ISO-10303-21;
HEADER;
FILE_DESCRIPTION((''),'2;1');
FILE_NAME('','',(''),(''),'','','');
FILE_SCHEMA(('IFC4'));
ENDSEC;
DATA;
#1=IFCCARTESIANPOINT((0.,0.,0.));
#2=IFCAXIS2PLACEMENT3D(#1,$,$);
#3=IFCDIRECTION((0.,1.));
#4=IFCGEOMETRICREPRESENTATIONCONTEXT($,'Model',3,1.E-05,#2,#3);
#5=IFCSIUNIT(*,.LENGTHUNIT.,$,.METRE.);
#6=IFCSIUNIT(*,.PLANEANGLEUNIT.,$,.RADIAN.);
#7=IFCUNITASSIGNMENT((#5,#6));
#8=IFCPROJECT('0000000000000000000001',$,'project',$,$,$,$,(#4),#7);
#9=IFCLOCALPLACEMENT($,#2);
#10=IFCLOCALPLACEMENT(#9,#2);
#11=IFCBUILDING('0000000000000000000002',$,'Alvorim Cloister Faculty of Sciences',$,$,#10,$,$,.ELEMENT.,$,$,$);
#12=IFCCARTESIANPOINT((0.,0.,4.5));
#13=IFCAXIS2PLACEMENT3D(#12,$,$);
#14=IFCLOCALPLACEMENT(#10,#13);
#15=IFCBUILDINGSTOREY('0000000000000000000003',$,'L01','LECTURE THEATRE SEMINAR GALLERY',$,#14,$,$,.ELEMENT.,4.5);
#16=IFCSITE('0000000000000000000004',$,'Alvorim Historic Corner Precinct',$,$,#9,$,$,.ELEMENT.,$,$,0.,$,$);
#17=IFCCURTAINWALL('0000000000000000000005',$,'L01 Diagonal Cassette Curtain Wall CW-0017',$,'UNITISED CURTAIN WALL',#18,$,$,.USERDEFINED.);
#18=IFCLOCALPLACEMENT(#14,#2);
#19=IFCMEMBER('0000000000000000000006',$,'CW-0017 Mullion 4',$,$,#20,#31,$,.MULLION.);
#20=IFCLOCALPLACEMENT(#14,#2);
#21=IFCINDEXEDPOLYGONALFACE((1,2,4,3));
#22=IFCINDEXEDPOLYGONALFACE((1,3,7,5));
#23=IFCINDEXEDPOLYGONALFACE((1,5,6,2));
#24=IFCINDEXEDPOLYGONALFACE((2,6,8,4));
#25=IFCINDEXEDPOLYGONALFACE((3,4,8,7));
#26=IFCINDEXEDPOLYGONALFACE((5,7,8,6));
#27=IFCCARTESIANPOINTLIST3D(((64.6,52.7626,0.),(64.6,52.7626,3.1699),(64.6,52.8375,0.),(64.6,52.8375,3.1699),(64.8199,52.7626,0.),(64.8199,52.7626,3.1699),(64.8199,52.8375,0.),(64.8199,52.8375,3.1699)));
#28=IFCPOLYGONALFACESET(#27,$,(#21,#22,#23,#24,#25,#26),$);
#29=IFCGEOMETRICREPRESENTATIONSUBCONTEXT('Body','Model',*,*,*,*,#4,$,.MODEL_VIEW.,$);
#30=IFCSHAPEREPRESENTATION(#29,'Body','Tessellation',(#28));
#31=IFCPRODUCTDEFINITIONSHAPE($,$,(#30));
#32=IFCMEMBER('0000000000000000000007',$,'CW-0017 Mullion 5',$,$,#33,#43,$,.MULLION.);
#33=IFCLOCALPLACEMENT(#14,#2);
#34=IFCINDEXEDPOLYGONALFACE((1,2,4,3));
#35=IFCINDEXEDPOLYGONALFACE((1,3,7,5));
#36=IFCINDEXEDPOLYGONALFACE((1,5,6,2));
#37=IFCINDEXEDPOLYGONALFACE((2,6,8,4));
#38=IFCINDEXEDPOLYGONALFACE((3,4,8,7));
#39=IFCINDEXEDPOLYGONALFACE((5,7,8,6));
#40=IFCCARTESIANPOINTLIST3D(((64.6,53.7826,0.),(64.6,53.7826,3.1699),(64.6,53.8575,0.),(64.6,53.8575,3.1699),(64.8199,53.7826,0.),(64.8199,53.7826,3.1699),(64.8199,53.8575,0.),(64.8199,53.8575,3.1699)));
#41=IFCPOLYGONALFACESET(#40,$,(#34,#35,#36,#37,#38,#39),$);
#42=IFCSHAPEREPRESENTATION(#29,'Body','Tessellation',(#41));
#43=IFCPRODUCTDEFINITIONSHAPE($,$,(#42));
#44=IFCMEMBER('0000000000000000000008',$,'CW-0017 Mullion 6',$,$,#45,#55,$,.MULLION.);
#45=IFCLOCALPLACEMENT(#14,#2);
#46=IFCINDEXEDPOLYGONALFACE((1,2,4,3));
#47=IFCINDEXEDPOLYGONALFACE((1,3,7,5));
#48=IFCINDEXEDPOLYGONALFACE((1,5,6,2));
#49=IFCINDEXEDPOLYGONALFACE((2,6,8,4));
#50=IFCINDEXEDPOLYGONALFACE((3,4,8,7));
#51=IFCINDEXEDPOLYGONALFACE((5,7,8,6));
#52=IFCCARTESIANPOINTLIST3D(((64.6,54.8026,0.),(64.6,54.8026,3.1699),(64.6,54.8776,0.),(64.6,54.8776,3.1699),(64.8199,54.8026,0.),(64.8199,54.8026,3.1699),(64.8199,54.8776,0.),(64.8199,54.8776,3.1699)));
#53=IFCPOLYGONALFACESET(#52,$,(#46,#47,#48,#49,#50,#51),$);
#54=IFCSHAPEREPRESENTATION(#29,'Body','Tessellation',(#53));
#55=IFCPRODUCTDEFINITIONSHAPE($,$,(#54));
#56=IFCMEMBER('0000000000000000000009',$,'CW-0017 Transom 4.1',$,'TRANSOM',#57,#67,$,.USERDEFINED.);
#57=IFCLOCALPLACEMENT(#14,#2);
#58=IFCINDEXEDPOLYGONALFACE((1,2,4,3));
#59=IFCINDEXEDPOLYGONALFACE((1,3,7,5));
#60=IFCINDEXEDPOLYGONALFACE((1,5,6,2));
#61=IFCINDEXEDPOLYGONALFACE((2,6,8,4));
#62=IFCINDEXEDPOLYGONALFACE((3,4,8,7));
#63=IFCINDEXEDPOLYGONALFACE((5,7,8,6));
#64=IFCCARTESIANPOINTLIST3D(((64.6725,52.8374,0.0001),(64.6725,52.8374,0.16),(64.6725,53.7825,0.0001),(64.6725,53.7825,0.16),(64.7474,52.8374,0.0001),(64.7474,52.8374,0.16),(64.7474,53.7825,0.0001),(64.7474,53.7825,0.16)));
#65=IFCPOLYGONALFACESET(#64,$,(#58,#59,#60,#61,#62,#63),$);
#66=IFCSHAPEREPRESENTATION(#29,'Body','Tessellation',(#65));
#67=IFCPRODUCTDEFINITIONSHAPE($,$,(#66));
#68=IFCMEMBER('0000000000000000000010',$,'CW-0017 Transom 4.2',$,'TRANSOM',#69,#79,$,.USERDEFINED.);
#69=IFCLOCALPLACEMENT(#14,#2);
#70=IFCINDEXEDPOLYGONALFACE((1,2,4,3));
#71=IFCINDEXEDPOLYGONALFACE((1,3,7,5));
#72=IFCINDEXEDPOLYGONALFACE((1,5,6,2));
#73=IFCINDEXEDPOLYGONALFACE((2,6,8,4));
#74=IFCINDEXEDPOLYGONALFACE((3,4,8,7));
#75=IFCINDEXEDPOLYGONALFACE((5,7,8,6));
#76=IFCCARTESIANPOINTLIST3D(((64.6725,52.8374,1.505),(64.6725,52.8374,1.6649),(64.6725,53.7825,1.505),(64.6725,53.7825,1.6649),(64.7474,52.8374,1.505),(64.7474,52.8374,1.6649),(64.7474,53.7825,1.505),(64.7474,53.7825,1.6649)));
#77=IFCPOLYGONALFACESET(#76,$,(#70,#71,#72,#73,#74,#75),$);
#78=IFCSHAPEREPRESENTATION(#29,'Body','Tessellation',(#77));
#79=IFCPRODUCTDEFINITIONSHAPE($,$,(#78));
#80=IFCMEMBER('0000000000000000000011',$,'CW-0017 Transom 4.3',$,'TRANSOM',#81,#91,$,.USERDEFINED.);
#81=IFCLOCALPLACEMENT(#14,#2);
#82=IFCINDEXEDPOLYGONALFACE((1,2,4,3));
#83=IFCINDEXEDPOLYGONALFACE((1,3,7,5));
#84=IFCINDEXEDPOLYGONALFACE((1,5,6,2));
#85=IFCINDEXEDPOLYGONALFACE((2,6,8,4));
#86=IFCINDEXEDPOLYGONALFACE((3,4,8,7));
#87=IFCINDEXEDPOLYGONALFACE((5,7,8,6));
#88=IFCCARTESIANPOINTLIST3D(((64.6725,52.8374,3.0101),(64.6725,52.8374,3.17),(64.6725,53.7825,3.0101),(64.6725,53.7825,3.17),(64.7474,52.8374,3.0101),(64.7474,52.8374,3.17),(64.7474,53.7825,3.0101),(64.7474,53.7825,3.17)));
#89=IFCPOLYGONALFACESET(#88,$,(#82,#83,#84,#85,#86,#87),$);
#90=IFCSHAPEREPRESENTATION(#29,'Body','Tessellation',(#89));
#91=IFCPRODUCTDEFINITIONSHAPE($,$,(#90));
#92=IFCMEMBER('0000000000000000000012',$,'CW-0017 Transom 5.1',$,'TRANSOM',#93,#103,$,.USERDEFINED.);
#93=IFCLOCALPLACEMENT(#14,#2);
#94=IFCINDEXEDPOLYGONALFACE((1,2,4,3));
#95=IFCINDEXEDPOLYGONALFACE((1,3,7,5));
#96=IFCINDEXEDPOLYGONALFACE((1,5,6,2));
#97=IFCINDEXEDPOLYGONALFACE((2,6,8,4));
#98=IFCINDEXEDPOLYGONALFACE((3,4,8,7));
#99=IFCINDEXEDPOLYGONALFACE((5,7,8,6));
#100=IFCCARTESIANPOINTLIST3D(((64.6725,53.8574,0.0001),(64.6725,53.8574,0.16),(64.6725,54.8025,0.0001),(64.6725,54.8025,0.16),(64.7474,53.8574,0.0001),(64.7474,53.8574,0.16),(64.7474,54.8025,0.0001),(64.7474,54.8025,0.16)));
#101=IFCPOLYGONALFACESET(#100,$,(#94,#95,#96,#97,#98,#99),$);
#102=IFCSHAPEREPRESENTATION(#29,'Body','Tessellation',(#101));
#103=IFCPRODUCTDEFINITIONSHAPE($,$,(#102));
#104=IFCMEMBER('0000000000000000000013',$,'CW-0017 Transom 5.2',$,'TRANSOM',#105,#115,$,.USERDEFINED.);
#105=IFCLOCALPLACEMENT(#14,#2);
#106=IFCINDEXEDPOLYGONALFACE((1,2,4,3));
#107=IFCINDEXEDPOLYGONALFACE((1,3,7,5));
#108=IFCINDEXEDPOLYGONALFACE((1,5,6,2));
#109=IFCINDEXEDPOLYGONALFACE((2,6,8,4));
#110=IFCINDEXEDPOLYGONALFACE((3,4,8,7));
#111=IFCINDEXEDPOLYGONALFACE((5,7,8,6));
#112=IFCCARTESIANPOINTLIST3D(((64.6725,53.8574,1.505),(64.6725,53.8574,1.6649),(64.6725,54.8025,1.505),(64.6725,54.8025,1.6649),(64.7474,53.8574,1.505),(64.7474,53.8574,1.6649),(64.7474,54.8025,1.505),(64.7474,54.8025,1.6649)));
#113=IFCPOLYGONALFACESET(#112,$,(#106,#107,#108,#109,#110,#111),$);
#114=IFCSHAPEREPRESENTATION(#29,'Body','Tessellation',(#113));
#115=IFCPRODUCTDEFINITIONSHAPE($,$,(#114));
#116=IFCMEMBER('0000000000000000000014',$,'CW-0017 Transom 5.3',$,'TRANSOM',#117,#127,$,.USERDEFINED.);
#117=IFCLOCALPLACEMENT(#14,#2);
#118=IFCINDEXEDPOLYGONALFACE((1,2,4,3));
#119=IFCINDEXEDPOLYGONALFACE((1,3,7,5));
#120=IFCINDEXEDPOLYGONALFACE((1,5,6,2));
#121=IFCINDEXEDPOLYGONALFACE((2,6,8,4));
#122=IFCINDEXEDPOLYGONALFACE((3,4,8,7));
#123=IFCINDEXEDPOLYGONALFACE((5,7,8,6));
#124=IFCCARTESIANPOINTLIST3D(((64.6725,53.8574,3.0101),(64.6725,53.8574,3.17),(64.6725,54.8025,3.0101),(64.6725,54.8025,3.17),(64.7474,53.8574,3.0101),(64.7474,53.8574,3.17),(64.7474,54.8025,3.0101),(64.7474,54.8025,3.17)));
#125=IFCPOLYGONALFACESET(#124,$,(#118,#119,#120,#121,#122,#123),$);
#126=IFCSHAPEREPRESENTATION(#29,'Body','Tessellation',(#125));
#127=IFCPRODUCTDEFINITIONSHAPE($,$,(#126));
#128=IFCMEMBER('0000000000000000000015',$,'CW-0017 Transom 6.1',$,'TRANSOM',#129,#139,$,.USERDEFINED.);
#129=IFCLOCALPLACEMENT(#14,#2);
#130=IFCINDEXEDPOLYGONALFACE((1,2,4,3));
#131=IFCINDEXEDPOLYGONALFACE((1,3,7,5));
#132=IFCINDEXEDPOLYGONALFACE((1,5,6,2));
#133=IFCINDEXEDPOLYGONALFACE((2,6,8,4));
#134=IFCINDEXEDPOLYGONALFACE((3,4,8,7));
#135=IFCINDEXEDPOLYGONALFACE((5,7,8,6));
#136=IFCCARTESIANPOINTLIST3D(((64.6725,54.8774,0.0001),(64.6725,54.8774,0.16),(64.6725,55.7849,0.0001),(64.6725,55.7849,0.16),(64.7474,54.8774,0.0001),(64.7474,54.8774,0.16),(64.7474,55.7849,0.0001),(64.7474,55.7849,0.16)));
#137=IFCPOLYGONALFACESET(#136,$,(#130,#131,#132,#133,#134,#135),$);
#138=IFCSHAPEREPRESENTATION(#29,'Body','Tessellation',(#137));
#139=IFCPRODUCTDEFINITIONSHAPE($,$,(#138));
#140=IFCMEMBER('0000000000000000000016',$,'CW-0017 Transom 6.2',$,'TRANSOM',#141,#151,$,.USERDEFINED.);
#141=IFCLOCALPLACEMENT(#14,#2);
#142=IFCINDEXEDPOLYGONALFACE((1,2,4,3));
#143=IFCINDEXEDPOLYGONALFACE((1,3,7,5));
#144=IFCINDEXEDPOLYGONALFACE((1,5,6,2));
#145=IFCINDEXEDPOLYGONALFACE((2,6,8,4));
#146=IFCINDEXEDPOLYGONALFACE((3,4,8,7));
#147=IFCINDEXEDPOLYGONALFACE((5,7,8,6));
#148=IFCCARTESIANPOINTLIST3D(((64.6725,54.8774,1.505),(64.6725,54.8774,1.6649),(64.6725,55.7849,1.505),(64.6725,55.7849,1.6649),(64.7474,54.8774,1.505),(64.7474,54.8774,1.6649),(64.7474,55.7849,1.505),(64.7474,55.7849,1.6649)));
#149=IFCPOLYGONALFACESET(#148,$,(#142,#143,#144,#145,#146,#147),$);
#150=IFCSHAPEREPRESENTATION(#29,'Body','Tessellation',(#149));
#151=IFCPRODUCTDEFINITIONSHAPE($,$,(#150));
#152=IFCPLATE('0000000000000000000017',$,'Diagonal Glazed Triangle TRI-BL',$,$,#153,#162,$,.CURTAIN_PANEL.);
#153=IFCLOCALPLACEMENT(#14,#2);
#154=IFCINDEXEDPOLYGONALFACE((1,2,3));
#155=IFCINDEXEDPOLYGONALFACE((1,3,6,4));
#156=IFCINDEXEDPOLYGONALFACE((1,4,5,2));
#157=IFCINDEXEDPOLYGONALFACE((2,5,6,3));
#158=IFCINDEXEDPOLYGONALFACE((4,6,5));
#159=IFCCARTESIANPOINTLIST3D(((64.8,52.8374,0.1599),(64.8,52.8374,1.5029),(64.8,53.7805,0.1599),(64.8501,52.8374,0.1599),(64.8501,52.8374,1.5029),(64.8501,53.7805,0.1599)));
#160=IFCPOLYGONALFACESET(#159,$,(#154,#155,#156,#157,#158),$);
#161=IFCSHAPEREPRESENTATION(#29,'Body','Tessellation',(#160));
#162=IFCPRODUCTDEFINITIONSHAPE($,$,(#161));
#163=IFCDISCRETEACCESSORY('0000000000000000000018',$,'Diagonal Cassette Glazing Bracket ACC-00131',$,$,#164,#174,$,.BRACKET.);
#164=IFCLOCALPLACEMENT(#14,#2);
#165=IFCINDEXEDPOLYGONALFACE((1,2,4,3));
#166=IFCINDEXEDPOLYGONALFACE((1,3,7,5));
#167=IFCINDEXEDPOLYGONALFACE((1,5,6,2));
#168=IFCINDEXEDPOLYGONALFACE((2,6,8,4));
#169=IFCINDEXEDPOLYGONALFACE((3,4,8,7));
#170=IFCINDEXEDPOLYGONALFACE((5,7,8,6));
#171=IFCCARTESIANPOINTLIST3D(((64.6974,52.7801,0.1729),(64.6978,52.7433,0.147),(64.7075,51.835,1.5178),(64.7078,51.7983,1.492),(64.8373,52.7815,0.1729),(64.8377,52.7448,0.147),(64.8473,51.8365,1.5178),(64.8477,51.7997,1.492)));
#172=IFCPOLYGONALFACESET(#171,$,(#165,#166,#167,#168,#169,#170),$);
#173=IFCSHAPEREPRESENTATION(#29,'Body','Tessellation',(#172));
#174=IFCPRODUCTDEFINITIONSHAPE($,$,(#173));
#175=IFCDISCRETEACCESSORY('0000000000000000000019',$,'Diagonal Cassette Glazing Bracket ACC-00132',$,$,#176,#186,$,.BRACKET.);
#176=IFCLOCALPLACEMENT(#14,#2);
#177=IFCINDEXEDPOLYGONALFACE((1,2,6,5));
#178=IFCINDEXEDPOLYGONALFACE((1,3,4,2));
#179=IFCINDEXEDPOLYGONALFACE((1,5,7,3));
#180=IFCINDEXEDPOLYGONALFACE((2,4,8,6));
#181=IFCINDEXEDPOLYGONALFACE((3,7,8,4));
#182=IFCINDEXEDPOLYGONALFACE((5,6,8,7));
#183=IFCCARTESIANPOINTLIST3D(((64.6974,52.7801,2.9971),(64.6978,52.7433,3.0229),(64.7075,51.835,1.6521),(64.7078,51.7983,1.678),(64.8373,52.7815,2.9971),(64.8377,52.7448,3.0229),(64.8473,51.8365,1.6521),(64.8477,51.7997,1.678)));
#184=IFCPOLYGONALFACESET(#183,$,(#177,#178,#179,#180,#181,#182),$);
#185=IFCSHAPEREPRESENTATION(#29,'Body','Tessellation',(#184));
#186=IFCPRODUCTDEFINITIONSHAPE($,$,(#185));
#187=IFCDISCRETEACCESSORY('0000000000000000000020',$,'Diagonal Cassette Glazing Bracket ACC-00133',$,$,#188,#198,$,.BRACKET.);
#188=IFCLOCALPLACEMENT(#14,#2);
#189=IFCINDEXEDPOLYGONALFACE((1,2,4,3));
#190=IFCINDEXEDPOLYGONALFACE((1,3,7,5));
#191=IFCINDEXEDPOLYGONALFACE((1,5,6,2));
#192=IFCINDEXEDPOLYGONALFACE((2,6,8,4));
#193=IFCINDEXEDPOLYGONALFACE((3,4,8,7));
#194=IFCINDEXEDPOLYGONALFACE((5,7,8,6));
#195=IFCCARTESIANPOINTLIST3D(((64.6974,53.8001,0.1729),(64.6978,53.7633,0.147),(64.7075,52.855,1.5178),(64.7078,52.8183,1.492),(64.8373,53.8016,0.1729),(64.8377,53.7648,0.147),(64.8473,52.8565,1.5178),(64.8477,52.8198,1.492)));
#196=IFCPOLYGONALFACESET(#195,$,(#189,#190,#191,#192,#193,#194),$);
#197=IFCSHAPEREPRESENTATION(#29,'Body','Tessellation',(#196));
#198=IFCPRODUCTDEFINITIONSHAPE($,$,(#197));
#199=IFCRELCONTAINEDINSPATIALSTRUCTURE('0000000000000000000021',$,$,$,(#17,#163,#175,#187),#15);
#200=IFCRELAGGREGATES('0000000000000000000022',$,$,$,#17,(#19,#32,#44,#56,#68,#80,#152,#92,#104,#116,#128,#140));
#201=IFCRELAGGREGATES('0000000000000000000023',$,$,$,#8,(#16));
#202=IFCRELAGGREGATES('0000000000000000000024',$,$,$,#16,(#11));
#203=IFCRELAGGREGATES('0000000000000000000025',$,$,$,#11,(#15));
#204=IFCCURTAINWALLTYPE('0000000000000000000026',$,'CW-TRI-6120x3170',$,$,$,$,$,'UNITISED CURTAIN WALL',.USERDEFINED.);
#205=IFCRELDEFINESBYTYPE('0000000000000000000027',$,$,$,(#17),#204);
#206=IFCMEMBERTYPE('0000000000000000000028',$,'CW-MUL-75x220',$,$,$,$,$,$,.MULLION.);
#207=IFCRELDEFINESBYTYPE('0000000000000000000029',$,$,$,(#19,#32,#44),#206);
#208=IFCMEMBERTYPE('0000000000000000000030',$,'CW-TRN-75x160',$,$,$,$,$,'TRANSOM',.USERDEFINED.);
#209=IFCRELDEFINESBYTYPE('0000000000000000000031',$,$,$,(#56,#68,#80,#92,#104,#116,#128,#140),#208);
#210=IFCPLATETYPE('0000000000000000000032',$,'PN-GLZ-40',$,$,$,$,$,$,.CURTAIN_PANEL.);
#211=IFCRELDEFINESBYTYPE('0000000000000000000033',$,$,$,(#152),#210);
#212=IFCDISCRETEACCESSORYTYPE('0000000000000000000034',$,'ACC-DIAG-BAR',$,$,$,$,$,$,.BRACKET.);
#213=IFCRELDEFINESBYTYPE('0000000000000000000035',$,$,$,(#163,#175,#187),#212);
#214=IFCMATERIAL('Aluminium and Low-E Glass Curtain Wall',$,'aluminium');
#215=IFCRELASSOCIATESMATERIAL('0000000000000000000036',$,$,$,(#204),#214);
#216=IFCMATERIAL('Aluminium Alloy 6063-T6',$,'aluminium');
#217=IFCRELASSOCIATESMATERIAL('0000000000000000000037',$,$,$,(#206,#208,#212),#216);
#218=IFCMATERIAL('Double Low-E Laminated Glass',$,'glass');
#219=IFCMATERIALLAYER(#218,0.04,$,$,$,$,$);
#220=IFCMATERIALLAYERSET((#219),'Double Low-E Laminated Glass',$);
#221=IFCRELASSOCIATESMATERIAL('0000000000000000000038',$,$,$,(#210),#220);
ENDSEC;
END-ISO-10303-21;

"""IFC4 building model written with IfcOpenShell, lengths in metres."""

from ifc_helpers import new_model, si_unit, direction, frame, origin, origin_2d, place, context, subcontext, project, spatial, polyline, rectangle, outline, extrude, material, layer, layer_set, material_profile, profile_set, type_object, element, aggregate, save


model = new_model("IFC4")

# Units and contexts
model_context = context("Model", 3, precision=1e-05, world=origin(), true_north=direction((0.0, 1.0)))
body_context = subcontext(model_context, "Body", "Model", "MODEL_VIEW")
ifc_project = project(units=[si_unit("LENGTHUNIT", "METRE"), si_unit("PLANEANGLEUNIT", "RADIAN")], contexts=[model_context])

# Site, building, storey
site_placement = place(None, origin())
site = spatial("IfcSite", under=ifc_project, at=site_placement, Name="Alvorim Historic Corner Precinct", CompositionType="ELEMENT", RefElevation=0.0)
building_placement = place(site_placement, origin())
building = spatial("IfcBuilding", under=site, at=building_placement, Name="Alvorim Cloister Faculty of Sciences", CompositionType="ELEMENT")
storey_placement = place(building_placement, frame((0.0, 0.0, 4.5)))
storey = spatial("IfcBuildingStorey", under=building, at=storey_placement, Name="L01", Description="LECTURE THEATRE SEMINAR GALLERY", CompositionType="ELEMENT", Elevation=4.5)

# Curtain wall, members, plate
ifc_material_1 = material(Name="Aluminium and Low-E Glass Curtain Wall", Category="aluminium")
curtain_wall_type = type_object("IfcCurtainWallType", Name="CW-TRI-6120x3170", ElementType="UNITISED CURTAIN WALL", PredefinedType="USERDEFINED", material=ifc_material_1)
curtain_wall_placement = place(storey_placement, origin())
curtain_wall = element("IfcCurtainWall", 1, at=curtain_wall_placement, inside=storey, type_object=curtain_wall_type, Name="L01 Diagonal Cassette Curtain Wall CW-0017", ObjectType="UNITISED CURTAIN WALL", PredefinedType="USERDEFINED")
ifc_material_2 = material(Name="Aluminium Alloy 6063-T6", Category="aluminium")
ifc_material_profile_1 = material_profile(ifc_material_2, rectangle(XDim=0.075, YDim=0.22, at=origin_2d()), Name="ALU-MUL-75x220")
ifc_profile_set_1 = profile_set([ifc_material_profile_1], Name="Aluminium Alloy 6063-T6")
member_type_1 = type_object("IfcMemberType", Name="CW-MUL-75x220", PredefinedType="MULLION", material=ifc_profile_set_1)
member_1_placement = place(storey_placement, frame((64.71, 52.8, 0.0), z_axis=(0.0, 0.0, 1.0), x_axis=(0.0, 1.0, 0.0)))
member_1 = element("IfcMember", 2, at=member_1_placement, type_object=member_type_1, Name="CW-0017 Mullion 4", PredefinedType="MULLION", context=body_context, shape_type="SweptSolid", body=[
    extrude(rectangle(XDim=0.075, YDim=0.22, at=origin_2d()), origin(), (0.0, 0.0, 1.0), 3.1699),
])
member_2_placement = place(storey_placement, frame((64.71, 53.8201, 0.0), z_axis=(0.0, 0.0, 1.0), x_axis=(0.0, 1.0, 0.0)))
member_2 = element("IfcMember", 3, at=member_2_placement, type_object=member_type_1, Name="CW-0017 Mullion 5", PredefinedType="MULLION", context=body_context, shape_type="SweptSolid", body=[
    extrude(rectangle(XDim=0.075, YDim=0.22, at=origin_2d()), origin(), (0.0, 0.0, 1.0), 3.1699),
])
member_3_placement = place(storey_placement, frame((64.71, 54.8401, 0.0), z_axis=(0.0, 0.0, 1.0), x_axis=(0.0, 1.0, 0.0)))
member_3 = element("IfcMember", 4, at=member_3_placement, type_object=member_type_1, Name="CW-0017 Mullion 6", PredefinedType="MULLION", context=body_context, shape_type="SweptSolid", body=[
    extrude(rectangle(XDim=0.075, YDim=0.22, at=origin_2d()), origin(), (0.0, 0.0, 1.0), 3.1699),
])
ifc_material_profile_2 = material_profile(ifc_material_2, rectangle(XDim=0.075, YDim=0.1599, at=origin_2d()), Name="ALU-TRN-75x160")
ifc_profile_set_2 = profile_set([ifc_material_profile_2], Name="Aluminium Alloy 6063-T6")
member_type_2 = type_object("IfcMemberType", Name="CW-TRN-75x160", ElementType="TRANSOM", PredefinedType="USERDEFINED", material=ifc_profile_set_2)
member_4_placement = place(storey_placement, frame((64.71, 52.8374, 0.0801), z_axis=(0.0, 1.0, 0.0), x_axis=(-1.0, 0.0, 0.0)))
member_4 = element("IfcMember", 5, at=member_4_placement, type_object=member_type_2, Name="CW-0017 Transom 4.1", ObjectType="TRANSOM", PredefinedType="USERDEFINED", context=body_context, shape_type="SweptSolid", body=[
    extrude(rectangle(XDim=0.075, YDim=0.1599, at=origin_2d()), origin(), (0.0, 0.0, 1.0), 0.9451),
])
member_5_placement = place(storey_placement, frame((64.71, 52.8374, 1.585), z_axis=(0.0, 1.0, 0.0), x_axis=(-1.0, 0.0, 0.0)))
member_5 = element("IfcMember", 6, at=member_5_placement, type_object=member_type_2, Name="CW-0017 Transom 4.2", ObjectType="TRANSOM", PredefinedType="USERDEFINED", context=body_context, shape_type="SweptSolid", body=[
    extrude(rectangle(XDim=0.075, YDim=0.1599, at=origin_2d()), origin(), (0.0, 0.0, 1.0), 0.9451),
])
member_6_placement = place(storey_placement, frame((64.71, 52.8374, 3.0901), z_axis=(0.0, 1.0, 0.0), x_axis=(-1.0, 0.0, 0.0)))
member_6 = element("IfcMember", 7, at=member_6_placement, type_object=member_type_2, Name="CW-0017 Transom 4.3", ObjectType="TRANSOM", PredefinedType="USERDEFINED", context=body_context, shape_type="SweptSolid", body=[
    extrude(rectangle(XDim=0.075, YDim=0.1599, at=origin_2d()), origin(), (0.0, 0.0, 1.0), 0.9451),
])
member_7_placement = place(storey_placement, frame((64.71, 53.8574, 0.0801), z_axis=(0.0, 1.0, 0.0), x_axis=(-1.0, 0.0, 0.0)))
member_7 = element("IfcMember", 8, at=member_7_placement, type_object=member_type_2, Name="CW-0017 Transom 5.1", ObjectType="TRANSOM", PredefinedType="USERDEFINED", context=body_context, shape_type="SweptSolid", body=[
    extrude(rectangle(XDim=0.075, YDim=0.1599, at=origin_2d()), origin(), (0.0, 0.0, 1.0), 0.9451),
])
member_8_placement = place(storey_placement, frame((64.71, 53.8574, 1.585), z_axis=(0.0, 1.0, 0.0), x_axis=(-1.0, 0.0, 0.0)))
member_8 = element("IfcMember", 9, at=member_8_placement, type_object=member_type_2, Name="CW-0017 Transom 5.2", ObjectType="TRANSOM", PredefinedType="USERDEFINED", context=body_context, shape_type="SweptSolid", body=[
    extrude(rectangle(XDim=0.075, YDim=0.1599, at=origin_2d()), origin(), (0.0, 0.0, 1.0), 0.9451),
])
member_9_placement = place(storey_placement, frame((64.71, 53.8574, 3.0901), z_axis=(0.0, 1.0, 0.0), x_axis=(-1.0, 0.0, 0.0)))
member_9 = element("IfcMember", 10, at=member_9_placement, type_object=member_type_2, Name="CW-0017 Transom 5.3", ObjectType="TRANSOM", PredefinedType="USERDEFINED", context=body_context, shape_type="SweptSolid", body=[
    extrude(rectangle(XDim=0.075, YDim=0.1599, at=origin_2d()), origin(), (0.0, 0.0, 1.0), 0.9451),
])
member_10_placement = place(storey_placement, frame((64.71, 54.8774, 0.0801), z_axis=(0.0, 1.0, 0.0), x_axis=(-1.0, 0.0, 0.0)))
member_10 = element("IfcMember", 11, at=member_10_placement, type_object=member_type_2, Name="CW-0017 Transom 6.1", ObjectType="TRANSOM", PredefinedType="USERDEFINED", context=body_context, shape_type="SweptSolid", body=[
    extrude(rectangle(XDim=0.075, YDim=0.1599, at=origin_2d()), origin(), (0.0, 0.0, 1.0), 0.9075),
])
member_11_placement = place(storey_placement, frame((64.71, 54.8774, 1.585), z_axis=(0.0, 1.0, 0.0), x_axis=(-1.0, 0.0, 0.0)))
member_11 = element("IfcMember", 12, at=member_11_placement, type_object=member_type_2, Name="CW-0017 Transom 6.2", ObjectType="TRANSOM", PredefinedType="USERDEFINED", context=body_context, shape_type="SweptSolid", body=[
    extrude(rectangle(XDim=0.075, YDim=0.1599, at=origin_2d()), origin(), (0.0, 0.0, 1.0), 0.9075),
])
ifc_material_3 = material(Name="Double Low-E Laminated Glass", Category="glass")
ifc_layer = layer(ifc_material_3, 0.04)
ifc_layer_set = layer_set([ifc_layer], Name="Double Low-E Laminated Glass")
plate_type = type_object("IfcPlateType", Name="PN-GLZ-40", PredefinedType="CURTAIN_PANEL", material=ifc_layer_set)
plate_1_placement = place(storey_placement, frame((64.825, 52.8374, 0.1599), z_axis=(0.0, 0.0, 1.0), x_axis=(0.0, 1.0, 0.0)))
plate_1 = element("IfcPlate", 13, at=plate_1_placement, type_object=plate_type, Name="Diagonal Glazed Triangle TRI-BL", PredefinedType="CURTAIN_PANEL", context=body_context, shape_type="SweptSolid", body=[
    extrude(outline(polyline([(0.0, 0.0), (0.9431, 0.0), (0.0, 1.343), (0.0, 0.0)])), frame((0.0, 0.0249, 0.0), z_axis=(0.0, -1.0, 0.0), x_axis=(1.0, 0.0, 0.0)), (0.0, 0.0, 1.0), 0.05),
])
aggregate(curtain_wall, [member_1, member_2, member_3, member_4, member_5, member_6, plate_1, member_7, member_8, member_9, member_10, member_11])

# Discrete accessories
discrete_accessory_type = type_object("IfcDiscreteAccessoryType", Name="ACC-DIAG-BAR", PredefinedType="BRACKET", material=ifc_material_2)
for number, where, z_axis, x_axis, name in (
    (14, (64.7776, 51.8174, 1.5049), (-0.006089, 0.574916, -0.81819), (-0.999944, -0.010591, 0.0), "Diagonal Cassette Glazing Bracket ACC-00131"),
    (15, (64.7776, 51.8174, 1.665), (-0.006089, 0.574916, 0.81819), (-0.999944, -0.010591, 0.0), "Diagonal Cassette Glazing Bracket ACC-00132"),
    (16, (64.7776, 52.8374, 1.5049), (-0.006089, 0.574916, -0.81819), (-0.999944, -0.010591, 0.0), "Diagonal Cassette Glazing Bracket ACC-00133"),
):
    element("IfcDiscreteAccessory", number, at=place(storey_placement, frame(where, z_axis=z_axis, x_axis=x_axis)), inside=storey, type_object=discrete_accessory_type, Name=name, PredefinedType="BRACKET", context=body_context, shape_type="SweptSolid", body=[
        extrude(rectangle(XDim=0.1399, YDim=0.0449, at=origin_2d()), origin(), (0.0, 0.0, 1.0), 1.6438),
    ])

save(model, "model.ifc")
